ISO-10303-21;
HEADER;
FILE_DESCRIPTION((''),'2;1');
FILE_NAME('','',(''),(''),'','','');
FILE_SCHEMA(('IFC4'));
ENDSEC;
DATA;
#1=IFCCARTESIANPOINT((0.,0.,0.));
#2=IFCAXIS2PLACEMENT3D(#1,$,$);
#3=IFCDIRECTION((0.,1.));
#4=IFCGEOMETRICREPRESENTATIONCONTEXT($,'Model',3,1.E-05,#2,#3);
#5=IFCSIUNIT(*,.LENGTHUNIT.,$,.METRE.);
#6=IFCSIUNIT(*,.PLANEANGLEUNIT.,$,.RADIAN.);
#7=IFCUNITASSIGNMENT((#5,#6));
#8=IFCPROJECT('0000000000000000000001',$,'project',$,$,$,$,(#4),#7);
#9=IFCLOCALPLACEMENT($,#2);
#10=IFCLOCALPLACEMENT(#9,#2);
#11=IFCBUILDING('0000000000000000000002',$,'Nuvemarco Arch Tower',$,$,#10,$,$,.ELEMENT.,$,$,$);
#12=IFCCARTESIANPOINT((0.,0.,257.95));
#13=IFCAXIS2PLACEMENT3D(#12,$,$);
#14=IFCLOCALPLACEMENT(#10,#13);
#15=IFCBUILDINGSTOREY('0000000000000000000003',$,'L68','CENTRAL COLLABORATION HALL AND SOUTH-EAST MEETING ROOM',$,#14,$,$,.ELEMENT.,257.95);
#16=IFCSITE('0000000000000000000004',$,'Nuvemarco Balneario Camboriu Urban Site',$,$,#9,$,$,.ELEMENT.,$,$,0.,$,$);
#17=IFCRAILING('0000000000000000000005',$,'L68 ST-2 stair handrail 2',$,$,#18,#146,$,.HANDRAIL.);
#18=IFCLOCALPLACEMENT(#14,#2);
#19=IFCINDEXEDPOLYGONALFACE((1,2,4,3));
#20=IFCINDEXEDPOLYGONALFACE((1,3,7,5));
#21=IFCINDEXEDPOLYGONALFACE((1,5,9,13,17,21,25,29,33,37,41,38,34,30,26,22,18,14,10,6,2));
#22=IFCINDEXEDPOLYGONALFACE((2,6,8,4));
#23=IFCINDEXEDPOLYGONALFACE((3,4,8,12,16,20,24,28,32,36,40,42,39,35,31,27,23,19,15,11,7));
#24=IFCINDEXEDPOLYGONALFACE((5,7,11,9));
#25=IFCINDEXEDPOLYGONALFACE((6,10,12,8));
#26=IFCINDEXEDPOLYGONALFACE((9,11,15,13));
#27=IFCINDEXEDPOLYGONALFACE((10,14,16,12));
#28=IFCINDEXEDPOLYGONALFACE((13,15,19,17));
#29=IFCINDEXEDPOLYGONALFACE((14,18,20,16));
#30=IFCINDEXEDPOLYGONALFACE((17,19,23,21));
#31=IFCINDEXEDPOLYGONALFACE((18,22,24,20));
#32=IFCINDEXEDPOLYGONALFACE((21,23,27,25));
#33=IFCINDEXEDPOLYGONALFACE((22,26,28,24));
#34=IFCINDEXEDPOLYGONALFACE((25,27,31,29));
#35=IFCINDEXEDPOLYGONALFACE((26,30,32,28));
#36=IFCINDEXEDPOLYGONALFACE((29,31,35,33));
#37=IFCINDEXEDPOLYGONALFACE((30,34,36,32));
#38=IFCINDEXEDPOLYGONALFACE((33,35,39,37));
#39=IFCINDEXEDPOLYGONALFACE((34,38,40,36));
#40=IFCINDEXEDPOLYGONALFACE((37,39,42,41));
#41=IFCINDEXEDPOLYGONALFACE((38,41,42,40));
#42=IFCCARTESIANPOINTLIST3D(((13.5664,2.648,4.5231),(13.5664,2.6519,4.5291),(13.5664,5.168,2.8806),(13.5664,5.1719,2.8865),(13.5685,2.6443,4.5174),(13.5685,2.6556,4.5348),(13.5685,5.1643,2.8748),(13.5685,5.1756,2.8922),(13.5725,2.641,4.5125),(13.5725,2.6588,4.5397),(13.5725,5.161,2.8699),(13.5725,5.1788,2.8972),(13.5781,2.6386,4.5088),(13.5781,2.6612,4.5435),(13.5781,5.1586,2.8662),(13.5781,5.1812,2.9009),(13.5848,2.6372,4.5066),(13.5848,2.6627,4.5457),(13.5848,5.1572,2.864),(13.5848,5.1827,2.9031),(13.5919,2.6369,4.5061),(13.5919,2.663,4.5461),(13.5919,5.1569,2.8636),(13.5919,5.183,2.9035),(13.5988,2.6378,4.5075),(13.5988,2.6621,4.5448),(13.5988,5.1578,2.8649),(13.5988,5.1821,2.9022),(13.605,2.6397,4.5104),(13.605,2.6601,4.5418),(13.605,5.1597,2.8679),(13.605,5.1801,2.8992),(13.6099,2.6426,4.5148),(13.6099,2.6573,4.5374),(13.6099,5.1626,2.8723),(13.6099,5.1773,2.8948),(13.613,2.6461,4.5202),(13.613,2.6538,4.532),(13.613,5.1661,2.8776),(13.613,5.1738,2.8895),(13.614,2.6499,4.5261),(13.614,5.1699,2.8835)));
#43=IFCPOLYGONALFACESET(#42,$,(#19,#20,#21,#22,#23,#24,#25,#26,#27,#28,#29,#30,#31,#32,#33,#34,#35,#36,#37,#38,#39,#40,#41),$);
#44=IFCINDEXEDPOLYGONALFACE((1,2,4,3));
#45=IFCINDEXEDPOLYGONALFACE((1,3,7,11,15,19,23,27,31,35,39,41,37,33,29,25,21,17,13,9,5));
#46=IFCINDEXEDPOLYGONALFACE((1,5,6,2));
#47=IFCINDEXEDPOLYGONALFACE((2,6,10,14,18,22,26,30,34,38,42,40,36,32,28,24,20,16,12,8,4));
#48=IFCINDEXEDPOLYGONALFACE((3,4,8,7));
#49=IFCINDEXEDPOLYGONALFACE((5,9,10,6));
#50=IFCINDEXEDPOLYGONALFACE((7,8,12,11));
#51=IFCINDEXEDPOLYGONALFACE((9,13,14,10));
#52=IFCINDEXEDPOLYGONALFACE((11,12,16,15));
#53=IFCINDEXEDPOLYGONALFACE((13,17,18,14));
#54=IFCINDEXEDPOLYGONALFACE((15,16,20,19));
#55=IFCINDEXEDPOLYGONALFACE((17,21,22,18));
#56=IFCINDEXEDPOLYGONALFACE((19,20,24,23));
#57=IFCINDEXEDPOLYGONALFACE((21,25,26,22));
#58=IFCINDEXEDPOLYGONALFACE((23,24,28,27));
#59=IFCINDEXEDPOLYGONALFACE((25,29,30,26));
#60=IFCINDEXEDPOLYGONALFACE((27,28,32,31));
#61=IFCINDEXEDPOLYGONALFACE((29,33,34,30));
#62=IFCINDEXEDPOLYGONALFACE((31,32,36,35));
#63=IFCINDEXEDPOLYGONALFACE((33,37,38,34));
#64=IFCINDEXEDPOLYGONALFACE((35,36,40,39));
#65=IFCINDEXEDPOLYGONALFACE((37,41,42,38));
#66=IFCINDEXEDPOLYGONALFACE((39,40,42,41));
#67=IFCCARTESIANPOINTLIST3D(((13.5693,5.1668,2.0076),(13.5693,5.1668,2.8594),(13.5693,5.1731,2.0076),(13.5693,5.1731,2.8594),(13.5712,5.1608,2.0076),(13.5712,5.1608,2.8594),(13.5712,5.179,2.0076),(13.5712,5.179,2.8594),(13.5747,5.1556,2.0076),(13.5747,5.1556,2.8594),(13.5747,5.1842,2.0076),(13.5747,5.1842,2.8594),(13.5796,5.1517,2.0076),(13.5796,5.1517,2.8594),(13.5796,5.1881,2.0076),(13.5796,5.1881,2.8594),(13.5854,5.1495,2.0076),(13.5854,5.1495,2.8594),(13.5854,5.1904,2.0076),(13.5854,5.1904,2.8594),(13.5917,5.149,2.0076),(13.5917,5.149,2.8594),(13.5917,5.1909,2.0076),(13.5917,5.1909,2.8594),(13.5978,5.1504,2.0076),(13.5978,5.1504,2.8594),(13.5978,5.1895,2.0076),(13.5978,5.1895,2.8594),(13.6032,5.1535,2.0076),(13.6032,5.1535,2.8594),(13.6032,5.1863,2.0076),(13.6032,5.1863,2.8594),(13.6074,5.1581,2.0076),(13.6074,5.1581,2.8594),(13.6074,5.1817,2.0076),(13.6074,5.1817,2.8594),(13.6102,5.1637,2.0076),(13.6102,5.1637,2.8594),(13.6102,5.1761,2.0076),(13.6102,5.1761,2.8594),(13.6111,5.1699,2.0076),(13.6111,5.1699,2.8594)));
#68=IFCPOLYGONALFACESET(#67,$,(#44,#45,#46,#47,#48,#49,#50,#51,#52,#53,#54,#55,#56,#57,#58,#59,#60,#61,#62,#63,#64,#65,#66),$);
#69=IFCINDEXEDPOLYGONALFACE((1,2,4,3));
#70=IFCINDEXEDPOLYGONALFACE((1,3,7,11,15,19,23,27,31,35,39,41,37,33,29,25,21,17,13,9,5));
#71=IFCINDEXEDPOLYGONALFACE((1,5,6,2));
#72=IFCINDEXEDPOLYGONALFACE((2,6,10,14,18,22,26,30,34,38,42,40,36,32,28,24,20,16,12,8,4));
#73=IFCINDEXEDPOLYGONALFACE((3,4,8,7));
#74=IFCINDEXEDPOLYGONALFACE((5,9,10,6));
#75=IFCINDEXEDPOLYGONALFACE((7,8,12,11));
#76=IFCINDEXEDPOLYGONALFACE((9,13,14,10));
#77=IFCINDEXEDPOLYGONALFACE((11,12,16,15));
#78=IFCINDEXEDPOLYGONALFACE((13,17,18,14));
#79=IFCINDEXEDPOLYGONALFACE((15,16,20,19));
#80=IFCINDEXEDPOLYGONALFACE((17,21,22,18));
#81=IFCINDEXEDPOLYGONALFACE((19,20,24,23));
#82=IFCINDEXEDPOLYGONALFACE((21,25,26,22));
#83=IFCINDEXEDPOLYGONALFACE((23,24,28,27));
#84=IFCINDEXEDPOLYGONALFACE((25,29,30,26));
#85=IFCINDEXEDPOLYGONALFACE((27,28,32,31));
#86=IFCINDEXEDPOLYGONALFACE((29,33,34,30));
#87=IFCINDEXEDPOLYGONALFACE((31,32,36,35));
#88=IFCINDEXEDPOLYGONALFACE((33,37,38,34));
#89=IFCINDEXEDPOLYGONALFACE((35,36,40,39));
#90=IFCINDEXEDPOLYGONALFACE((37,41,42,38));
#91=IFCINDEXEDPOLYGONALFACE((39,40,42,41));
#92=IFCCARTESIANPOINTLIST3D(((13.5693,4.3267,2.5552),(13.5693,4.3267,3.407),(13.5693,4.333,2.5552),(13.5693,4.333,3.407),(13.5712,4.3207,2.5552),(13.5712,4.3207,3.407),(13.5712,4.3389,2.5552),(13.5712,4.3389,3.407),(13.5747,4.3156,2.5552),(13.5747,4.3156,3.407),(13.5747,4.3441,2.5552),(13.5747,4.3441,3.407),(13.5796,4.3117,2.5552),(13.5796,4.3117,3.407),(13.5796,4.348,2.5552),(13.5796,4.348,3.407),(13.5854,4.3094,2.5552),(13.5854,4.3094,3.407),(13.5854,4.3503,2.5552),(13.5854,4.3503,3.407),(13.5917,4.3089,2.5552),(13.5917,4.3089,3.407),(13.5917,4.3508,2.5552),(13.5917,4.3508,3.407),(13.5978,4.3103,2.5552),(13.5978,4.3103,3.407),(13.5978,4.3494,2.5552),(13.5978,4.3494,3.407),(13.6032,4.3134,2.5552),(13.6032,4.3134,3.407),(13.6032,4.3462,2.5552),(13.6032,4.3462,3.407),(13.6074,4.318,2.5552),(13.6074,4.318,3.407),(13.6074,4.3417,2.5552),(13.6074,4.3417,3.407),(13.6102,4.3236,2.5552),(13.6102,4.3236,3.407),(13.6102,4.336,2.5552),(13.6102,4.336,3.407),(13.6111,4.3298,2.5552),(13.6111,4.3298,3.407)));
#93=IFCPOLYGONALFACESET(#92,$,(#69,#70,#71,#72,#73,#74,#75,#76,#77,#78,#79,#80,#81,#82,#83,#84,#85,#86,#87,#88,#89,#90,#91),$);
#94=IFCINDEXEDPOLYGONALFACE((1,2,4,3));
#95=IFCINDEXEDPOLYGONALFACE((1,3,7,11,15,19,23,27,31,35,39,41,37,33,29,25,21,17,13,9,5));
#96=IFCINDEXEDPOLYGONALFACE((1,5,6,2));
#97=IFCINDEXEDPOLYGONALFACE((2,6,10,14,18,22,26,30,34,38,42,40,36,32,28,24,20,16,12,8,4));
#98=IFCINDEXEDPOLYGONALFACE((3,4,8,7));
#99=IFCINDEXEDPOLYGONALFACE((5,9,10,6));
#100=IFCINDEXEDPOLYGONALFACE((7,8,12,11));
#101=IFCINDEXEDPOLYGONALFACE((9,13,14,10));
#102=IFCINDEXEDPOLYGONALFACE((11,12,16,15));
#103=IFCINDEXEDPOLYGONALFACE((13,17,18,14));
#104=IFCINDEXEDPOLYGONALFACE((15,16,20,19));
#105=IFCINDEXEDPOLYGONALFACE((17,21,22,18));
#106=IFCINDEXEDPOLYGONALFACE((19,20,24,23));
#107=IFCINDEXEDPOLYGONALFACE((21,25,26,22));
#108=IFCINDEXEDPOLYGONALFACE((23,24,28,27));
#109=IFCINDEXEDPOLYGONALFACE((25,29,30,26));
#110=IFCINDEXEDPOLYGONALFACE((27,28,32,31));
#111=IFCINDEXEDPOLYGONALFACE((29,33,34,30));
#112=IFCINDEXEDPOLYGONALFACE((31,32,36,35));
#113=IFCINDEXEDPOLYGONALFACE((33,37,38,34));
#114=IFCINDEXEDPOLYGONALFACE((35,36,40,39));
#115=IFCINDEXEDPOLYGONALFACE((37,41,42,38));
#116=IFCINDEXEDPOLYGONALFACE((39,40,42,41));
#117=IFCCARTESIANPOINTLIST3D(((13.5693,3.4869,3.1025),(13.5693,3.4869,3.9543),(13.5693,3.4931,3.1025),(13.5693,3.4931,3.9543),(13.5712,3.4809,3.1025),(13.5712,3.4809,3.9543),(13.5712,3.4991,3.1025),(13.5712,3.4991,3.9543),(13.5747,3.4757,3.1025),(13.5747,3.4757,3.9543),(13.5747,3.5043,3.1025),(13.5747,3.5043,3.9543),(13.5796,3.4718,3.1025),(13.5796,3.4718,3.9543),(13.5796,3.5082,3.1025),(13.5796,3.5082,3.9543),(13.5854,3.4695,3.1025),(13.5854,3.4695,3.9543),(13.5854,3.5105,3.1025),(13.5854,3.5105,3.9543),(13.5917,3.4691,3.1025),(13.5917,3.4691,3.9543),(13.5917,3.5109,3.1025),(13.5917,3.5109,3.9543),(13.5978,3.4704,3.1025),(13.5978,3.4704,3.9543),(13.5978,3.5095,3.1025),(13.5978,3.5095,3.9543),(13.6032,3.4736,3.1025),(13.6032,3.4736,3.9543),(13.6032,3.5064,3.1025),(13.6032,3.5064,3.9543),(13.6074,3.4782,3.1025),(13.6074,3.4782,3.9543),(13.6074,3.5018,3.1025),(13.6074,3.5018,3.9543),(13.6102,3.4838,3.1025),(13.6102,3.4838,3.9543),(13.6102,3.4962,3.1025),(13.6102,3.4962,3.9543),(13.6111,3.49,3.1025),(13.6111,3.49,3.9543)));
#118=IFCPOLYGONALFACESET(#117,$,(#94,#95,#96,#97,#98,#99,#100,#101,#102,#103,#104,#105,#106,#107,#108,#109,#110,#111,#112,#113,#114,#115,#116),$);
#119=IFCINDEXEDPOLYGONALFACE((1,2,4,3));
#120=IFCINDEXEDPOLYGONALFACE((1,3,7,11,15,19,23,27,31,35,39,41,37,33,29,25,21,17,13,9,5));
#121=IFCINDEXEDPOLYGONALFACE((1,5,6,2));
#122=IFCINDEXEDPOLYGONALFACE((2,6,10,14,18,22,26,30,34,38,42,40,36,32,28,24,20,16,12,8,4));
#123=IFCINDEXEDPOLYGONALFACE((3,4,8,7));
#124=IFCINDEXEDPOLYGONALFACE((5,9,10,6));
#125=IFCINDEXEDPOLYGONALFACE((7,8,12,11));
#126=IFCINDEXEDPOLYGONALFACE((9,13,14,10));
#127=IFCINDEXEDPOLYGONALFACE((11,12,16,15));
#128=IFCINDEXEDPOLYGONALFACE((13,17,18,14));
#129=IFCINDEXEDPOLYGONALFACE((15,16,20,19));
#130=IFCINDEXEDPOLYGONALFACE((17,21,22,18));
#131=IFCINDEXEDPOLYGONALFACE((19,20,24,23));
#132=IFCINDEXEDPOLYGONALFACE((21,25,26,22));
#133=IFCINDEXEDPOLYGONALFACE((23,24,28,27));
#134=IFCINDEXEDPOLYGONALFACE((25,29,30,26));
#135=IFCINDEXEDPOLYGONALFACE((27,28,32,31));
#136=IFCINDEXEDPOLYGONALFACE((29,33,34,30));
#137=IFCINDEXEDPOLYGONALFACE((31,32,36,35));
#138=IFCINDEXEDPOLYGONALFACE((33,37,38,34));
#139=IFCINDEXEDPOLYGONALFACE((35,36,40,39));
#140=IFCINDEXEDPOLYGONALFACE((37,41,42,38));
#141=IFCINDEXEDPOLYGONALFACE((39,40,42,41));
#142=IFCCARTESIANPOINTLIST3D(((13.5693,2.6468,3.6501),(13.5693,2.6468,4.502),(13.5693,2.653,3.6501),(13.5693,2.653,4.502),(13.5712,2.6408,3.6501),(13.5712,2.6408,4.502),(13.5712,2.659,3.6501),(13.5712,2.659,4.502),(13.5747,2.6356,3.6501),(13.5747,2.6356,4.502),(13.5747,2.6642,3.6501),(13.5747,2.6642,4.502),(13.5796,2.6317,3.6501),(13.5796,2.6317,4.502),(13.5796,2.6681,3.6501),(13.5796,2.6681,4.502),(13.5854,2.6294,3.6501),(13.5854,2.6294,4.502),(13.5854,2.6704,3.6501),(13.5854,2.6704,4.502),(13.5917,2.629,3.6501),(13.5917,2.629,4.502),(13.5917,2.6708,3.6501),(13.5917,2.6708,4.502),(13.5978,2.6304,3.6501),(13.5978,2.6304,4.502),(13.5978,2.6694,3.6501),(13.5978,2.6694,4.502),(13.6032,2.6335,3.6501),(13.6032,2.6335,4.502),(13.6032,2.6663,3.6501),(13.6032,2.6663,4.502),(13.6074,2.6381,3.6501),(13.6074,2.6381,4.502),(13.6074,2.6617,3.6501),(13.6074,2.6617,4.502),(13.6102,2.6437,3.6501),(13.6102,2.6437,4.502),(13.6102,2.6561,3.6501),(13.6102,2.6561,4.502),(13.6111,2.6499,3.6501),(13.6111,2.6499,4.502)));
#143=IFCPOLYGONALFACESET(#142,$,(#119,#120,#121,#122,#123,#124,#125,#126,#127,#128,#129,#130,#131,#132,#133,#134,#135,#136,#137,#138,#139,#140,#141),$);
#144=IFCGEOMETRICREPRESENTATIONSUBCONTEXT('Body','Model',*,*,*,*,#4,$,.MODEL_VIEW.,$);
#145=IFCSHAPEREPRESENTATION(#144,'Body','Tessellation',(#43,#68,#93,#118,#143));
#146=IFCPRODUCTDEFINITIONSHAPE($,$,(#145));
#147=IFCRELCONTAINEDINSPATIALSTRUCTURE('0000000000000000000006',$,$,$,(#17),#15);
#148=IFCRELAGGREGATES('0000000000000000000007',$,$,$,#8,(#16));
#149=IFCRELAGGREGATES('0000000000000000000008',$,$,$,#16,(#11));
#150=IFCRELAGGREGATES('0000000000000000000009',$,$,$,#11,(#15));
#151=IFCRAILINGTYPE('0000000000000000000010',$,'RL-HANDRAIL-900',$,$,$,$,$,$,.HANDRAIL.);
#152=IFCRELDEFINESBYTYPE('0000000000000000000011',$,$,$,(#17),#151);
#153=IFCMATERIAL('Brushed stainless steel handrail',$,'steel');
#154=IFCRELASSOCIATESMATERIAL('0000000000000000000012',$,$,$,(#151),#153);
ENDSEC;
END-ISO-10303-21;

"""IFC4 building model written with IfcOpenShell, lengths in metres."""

from ifc_helpers import new_model, si_unit, direction, frame, origin, origin_2d, place, context, subcontext, project, spatial, circle, extrude, material, type_object, element, save


model = new_model("IFC4")

# Units and contexts
model_context = context("Model", 3, precision=1e-05, world=origin(), true_north=direction((0.0, 1.0)))
body_context = subcontext(model_context, "Body", "Model", "MODEL_VIEW")
ifc_project = project(units=[si_unit("LENGTHUNIT", "METRE"), si_unit("PLANEANGLEUNIT", "RADIAN")], contexts=[model_context])

# Site, building, storey
site_placement = place(None, origin())
site = spatial("IfcSite", under=ifc_project, at=site_placement, Name="Nuvemarco Balneario Camboriu Urban Site", CompositionType="ELEMENT", RefElevation=0.0)
building_placement = place(site_placement, origin())
building = spatial("IfcBuilding", under=site, at=building_placement, Name="Nuvemarco Arch Tower", CompositionType="ELEMENT")
storey_placement = place(building_placement, frame((0.0, 0.0, 257.95)))
storey = spatial("IfcBuildingStorey", under=building, at=storey_placement, Name="L68", Description="CENTRAL COLLABORATION HALL AND SOUTH-EAST MEETING ROOM", CompositionType="ELEMENT", Elevation=257.95)

# Railing
ifc_material_1 = material(Name="Brushed stainless steel handrail", Category="steel")
railing_type_1 = type_object("IfcRailingType", Name="RL-HANDRAIL-900", PredefinedType="HANDRAIL", material=ifc_material_1)
railing_1_placement = place(storey_placement, frame((13.5901, 5.1699, 2.0076)))
element("IfcRailing", 1, at=railing_1_placement, inside=storey, type_object=railing_type_1, Name="L68 ST-2 stair handrail 2", PredefinedType="HANDRAIL", context=body_context, shape_type="SweptSolid", body=[
    extrude(circle(Radius=0.0239, at=origin_2d()), frame((0.0, 0.0, 0.876), z_axis=(0.0, -0.837749, 0.546055), x_axis=(1.0, 0.0, 0.0)), (0.0, 0.0, 1.0), 3.0081),
    extrude(circle(Radius=0.021, at=origin_2d()), origin(), (0.0, 0.0, 1.0), 0.8518),
    extrude(circle(Radius=0.021, at=origin_2d()), frame((0.0, -0.8401, 0.5476)), (0.0, 0.0, 1.0), 0.8518),
    extrude(circle(Radius=0.021, at=origin_2d()), frame((0.0, -1.6799, 1.095)), (0.0, 0.0, 1.0), 0.8518),
    extrude(circle(Radius=0.021, at=origin_2d()), frame((0.0, -2.52, 1.6426)), (0.0, 0.0, 1.0), 0.8518),
])

save(model, "model.ifc")
